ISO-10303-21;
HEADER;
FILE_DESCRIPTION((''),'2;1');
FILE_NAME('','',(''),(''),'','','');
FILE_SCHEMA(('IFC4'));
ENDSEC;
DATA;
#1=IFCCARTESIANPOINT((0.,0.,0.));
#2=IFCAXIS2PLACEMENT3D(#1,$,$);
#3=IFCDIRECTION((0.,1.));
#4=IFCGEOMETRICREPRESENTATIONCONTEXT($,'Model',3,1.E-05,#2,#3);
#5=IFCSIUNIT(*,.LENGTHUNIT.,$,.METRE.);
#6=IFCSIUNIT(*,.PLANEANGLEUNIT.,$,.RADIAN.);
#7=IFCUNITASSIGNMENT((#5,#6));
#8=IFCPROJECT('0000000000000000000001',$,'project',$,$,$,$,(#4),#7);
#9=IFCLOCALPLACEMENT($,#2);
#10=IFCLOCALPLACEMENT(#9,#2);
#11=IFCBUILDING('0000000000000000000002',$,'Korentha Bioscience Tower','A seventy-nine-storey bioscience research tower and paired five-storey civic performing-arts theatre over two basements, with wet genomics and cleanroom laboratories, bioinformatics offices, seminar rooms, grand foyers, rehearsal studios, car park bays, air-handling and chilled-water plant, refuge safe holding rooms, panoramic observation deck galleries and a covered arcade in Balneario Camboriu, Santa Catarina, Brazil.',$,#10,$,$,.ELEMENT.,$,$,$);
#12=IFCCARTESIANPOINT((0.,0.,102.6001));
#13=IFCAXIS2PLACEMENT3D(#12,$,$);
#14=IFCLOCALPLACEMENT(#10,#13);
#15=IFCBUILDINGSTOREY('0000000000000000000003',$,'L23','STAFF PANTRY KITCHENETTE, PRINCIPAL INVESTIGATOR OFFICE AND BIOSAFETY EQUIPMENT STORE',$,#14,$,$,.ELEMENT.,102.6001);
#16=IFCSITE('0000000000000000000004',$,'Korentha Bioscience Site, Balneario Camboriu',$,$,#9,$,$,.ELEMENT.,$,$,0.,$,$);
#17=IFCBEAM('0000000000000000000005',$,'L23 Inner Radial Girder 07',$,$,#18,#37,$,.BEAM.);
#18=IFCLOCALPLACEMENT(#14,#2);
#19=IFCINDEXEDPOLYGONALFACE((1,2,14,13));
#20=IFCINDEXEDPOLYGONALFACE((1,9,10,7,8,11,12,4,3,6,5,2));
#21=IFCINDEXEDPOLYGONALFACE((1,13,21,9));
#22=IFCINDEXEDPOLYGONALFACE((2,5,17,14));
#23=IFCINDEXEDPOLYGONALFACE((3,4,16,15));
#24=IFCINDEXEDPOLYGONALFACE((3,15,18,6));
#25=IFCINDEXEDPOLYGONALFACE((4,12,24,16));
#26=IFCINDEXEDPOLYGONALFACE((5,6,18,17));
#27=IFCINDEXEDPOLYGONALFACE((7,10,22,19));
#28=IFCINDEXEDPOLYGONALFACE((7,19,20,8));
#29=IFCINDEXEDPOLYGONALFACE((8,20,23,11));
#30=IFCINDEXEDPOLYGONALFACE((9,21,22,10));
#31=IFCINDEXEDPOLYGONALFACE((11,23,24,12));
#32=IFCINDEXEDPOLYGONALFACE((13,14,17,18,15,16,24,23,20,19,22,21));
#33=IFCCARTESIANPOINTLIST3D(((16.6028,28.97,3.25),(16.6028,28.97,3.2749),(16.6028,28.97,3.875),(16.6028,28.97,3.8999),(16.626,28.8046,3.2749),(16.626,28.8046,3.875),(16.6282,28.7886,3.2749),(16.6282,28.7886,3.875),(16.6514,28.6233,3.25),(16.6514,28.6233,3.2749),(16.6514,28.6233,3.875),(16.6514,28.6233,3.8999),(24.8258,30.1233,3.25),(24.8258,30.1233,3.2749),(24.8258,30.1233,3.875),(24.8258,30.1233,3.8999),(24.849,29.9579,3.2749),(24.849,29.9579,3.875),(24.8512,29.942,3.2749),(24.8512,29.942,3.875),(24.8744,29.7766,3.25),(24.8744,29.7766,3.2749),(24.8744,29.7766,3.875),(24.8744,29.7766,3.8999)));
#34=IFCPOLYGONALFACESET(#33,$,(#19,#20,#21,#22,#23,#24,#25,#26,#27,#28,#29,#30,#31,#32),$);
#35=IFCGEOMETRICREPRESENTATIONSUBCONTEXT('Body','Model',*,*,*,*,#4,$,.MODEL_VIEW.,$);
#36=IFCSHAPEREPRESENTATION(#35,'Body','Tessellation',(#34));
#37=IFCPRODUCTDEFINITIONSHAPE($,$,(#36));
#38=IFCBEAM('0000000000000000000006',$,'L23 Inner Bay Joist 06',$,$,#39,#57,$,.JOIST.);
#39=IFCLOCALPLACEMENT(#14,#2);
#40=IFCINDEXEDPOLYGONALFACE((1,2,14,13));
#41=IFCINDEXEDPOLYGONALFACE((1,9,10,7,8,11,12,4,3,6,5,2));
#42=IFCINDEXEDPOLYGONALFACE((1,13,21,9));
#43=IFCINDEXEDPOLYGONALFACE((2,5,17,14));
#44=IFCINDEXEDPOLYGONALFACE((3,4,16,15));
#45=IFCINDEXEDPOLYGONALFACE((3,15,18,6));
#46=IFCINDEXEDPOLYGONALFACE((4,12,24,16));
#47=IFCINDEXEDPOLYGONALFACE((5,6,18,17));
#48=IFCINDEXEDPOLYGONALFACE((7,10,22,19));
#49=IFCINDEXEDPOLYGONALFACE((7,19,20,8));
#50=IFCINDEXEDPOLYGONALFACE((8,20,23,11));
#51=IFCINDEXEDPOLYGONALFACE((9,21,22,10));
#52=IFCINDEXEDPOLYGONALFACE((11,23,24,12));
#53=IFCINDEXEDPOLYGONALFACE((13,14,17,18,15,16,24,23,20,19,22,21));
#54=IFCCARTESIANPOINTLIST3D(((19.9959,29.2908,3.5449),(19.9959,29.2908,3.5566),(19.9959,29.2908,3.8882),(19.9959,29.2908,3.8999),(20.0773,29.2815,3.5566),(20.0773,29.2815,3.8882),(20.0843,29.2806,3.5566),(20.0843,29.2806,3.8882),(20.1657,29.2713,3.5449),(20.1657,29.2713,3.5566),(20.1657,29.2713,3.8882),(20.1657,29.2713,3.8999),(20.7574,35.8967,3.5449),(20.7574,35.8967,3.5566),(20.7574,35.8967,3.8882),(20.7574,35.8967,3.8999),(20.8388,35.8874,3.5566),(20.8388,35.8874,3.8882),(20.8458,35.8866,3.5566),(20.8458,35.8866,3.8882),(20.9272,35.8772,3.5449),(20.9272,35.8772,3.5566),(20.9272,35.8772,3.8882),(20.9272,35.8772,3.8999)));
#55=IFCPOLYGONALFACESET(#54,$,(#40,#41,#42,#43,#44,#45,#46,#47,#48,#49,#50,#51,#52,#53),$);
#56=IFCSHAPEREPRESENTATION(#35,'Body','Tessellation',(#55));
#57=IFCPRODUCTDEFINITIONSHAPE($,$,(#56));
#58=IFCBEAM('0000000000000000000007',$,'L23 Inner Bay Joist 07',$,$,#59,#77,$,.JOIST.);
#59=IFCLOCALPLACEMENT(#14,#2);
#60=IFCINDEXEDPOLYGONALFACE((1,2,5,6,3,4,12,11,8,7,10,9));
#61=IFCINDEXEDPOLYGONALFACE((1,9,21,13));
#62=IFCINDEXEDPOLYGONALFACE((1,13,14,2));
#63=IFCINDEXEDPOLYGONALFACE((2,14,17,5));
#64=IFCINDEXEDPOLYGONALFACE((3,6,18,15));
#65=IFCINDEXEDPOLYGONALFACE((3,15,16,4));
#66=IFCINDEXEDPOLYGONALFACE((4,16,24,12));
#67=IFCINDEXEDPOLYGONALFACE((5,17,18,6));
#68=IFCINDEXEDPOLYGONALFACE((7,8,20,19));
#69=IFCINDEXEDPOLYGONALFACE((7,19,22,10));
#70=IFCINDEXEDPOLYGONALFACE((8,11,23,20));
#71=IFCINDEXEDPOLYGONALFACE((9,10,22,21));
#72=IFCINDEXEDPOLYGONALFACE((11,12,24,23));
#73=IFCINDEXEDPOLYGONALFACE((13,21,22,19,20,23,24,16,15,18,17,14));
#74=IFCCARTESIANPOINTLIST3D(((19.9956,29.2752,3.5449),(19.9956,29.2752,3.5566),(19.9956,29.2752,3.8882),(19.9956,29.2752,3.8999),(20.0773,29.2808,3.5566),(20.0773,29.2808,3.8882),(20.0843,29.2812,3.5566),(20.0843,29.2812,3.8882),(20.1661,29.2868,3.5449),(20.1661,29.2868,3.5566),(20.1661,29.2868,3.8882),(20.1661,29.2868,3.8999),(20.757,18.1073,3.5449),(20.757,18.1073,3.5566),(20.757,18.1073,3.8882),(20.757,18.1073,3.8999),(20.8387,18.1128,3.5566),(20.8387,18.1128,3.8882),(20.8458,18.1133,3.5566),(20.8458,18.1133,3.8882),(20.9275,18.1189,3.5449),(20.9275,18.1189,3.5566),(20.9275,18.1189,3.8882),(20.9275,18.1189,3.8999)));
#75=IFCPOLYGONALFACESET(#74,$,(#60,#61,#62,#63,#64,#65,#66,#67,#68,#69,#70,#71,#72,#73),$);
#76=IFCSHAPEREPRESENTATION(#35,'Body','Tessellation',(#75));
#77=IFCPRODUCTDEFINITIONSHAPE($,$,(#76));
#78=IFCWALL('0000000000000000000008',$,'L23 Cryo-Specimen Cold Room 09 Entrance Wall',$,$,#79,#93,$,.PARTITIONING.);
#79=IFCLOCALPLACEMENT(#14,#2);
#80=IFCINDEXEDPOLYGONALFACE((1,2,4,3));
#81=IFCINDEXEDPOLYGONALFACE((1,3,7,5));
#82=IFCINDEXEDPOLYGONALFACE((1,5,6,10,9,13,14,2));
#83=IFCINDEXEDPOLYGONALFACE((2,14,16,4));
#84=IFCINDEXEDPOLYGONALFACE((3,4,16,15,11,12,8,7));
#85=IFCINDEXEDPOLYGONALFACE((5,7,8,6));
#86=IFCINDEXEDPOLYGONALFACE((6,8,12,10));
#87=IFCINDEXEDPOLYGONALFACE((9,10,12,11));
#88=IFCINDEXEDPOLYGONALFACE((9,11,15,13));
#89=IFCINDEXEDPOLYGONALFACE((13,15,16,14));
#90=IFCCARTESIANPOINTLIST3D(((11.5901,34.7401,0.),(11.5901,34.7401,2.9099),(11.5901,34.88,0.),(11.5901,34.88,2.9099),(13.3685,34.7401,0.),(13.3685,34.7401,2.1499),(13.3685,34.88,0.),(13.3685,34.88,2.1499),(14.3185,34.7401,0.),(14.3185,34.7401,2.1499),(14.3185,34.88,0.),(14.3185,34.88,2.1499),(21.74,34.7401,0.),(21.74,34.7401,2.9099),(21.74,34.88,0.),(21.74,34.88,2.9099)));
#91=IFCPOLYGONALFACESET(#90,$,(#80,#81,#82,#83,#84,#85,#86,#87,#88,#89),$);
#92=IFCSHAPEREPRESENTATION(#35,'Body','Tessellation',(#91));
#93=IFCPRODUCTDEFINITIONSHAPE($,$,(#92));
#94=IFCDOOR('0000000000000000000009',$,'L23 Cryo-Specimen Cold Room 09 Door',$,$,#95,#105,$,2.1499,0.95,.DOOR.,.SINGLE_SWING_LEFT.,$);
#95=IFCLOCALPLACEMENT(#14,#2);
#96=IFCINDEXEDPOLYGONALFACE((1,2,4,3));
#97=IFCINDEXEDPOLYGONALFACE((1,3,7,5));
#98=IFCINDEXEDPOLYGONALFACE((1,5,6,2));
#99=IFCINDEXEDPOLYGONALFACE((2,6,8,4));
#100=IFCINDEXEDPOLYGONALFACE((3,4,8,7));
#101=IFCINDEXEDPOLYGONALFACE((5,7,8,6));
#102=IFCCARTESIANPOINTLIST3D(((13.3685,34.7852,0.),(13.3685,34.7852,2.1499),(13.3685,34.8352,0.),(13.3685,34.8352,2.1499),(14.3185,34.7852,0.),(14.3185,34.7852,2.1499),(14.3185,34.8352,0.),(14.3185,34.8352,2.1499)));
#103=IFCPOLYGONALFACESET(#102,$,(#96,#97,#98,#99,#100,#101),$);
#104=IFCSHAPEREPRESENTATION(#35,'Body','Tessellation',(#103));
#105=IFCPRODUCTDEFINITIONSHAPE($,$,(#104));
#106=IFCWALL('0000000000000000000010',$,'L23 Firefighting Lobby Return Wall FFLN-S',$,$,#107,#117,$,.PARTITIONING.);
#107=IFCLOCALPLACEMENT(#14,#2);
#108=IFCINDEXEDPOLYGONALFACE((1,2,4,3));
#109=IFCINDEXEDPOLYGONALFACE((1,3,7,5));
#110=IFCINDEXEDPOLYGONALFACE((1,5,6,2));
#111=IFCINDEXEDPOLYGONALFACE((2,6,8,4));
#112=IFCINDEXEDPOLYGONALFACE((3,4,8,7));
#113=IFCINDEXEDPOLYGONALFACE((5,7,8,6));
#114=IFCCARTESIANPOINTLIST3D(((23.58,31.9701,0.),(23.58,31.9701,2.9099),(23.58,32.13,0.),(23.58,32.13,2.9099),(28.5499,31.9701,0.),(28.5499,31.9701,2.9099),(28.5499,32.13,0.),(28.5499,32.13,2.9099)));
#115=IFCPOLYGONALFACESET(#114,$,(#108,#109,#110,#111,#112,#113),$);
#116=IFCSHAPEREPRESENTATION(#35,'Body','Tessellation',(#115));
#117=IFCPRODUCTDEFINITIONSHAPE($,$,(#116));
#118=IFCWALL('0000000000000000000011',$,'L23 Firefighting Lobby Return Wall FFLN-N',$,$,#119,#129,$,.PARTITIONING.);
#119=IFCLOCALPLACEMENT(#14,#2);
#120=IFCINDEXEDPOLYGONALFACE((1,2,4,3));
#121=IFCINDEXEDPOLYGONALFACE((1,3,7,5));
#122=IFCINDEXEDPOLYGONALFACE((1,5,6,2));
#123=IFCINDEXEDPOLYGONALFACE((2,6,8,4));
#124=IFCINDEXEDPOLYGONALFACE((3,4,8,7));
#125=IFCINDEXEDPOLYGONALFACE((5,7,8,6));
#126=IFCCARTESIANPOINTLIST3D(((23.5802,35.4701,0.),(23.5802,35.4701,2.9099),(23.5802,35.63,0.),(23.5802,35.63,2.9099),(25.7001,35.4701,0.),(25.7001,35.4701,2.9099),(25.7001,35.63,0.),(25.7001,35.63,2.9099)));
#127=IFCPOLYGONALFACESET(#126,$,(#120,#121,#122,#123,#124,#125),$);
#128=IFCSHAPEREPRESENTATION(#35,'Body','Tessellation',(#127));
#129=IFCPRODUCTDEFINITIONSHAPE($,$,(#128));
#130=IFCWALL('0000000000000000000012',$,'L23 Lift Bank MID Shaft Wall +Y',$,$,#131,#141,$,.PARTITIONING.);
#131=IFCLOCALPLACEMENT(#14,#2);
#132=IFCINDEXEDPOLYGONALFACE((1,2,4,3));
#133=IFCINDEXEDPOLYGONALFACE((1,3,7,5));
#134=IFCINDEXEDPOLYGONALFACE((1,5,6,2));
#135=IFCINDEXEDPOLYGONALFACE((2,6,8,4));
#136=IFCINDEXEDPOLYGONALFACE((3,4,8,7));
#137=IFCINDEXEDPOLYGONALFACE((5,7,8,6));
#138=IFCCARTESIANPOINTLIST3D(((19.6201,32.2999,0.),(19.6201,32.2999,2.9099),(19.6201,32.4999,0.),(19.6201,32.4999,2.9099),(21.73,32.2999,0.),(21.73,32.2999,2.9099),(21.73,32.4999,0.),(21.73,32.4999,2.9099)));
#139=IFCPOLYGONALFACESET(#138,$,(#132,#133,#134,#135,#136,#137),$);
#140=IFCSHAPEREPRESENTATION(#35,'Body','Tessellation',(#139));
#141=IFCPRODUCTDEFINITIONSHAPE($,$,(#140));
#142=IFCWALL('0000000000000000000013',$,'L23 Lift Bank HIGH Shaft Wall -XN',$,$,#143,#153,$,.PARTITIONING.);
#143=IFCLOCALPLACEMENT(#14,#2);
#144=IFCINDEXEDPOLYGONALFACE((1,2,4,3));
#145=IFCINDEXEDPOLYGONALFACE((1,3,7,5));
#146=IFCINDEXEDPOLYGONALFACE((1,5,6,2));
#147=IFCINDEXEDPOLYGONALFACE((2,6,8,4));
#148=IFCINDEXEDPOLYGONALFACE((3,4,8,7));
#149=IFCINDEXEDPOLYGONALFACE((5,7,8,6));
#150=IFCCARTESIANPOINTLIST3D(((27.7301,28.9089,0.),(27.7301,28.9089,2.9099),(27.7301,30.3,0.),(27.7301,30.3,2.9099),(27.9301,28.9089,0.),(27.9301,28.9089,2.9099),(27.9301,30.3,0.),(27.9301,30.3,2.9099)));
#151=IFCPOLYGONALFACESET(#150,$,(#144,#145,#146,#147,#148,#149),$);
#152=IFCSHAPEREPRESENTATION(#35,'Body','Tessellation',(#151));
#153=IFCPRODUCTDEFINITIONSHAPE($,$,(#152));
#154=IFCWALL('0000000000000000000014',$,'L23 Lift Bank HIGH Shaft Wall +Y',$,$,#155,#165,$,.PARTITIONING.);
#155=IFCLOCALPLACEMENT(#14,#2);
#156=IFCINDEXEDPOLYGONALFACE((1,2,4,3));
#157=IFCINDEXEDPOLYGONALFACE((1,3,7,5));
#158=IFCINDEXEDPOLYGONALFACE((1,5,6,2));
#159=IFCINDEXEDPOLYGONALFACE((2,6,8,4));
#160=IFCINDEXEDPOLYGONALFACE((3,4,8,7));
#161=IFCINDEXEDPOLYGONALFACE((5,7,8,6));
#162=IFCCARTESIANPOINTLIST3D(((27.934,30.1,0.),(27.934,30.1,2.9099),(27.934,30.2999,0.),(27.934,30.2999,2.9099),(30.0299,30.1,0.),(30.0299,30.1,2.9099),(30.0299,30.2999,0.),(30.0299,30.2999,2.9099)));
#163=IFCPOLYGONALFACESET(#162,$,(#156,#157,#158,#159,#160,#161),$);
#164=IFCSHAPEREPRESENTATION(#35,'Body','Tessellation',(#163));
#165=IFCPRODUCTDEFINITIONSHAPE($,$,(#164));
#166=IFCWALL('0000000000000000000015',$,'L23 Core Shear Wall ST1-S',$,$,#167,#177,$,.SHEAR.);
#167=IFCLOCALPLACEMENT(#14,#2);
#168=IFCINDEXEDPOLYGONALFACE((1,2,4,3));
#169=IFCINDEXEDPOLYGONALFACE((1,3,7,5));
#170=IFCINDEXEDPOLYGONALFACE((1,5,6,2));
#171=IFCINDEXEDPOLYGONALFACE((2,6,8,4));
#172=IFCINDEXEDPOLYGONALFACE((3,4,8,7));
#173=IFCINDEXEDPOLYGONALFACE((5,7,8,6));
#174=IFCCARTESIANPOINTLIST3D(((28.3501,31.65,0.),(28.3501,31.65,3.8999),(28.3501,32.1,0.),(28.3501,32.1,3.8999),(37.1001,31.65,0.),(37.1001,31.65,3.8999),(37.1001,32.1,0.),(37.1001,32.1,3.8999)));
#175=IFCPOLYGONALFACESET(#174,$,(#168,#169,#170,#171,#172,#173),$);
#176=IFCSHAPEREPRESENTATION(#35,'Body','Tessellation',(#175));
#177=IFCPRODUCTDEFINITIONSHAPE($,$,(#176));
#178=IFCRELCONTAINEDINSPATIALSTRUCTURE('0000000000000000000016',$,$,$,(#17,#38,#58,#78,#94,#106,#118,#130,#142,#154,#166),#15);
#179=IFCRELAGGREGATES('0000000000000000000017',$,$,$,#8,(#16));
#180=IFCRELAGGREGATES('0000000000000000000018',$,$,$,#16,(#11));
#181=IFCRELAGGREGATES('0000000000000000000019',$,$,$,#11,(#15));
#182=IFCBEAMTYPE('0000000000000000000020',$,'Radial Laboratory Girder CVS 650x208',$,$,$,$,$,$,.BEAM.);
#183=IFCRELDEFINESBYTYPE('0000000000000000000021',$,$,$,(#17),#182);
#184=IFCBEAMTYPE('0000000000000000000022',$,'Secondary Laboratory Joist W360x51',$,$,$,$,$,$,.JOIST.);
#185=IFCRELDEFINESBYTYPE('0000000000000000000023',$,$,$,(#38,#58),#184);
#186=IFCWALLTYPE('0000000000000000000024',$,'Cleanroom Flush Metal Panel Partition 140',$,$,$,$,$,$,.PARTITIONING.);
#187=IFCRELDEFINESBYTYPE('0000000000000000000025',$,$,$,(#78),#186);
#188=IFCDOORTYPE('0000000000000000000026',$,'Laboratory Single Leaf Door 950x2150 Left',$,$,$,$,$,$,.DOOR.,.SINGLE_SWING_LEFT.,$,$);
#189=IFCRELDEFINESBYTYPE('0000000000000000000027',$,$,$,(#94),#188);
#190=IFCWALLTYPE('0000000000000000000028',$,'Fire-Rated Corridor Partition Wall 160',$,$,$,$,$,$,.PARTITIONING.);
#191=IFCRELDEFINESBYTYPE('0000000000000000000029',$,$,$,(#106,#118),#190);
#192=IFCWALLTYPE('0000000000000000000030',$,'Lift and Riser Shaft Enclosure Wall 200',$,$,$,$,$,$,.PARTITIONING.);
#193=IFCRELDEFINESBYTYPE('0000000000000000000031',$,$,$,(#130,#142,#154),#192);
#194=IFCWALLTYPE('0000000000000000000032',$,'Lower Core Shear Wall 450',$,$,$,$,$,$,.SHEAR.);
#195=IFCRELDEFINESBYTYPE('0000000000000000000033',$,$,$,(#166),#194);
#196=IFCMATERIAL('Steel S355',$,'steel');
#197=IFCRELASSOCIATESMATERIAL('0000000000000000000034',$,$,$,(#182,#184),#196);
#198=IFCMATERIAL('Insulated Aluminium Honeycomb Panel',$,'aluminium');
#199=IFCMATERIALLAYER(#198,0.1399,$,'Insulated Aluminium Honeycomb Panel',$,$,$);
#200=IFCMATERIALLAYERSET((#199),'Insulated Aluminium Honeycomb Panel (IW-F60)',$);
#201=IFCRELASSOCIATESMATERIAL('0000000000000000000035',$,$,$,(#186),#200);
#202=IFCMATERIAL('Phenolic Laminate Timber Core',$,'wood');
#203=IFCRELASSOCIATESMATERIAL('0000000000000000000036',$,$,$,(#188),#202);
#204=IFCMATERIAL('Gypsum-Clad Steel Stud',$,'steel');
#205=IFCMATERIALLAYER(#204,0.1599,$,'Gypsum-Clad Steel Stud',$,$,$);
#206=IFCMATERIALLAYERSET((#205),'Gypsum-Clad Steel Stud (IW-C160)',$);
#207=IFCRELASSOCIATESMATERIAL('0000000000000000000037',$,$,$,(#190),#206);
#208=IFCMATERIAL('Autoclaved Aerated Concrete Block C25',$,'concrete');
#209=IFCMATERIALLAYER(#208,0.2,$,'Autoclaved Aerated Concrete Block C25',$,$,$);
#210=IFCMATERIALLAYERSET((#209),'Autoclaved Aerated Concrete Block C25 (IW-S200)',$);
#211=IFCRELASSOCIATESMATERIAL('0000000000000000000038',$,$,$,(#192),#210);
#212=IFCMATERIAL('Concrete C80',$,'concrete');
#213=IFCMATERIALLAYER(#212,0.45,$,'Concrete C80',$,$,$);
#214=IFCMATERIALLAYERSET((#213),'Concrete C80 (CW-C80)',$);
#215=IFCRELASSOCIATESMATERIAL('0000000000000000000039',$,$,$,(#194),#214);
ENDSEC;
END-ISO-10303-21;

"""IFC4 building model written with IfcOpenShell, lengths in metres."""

from ifc_helpers import new_model, si_unit, direction, frame, frame_2d, origin, origin_2d, place, context, subcontext, project, spatial, rectangle, i_section, extrude, material, layer, layer_set, material_profile, profile_set, type_object, element, fill, save


model = new_model("IFC4")

# Units and contexts
model_context = context("Model", 3, precision=1e-05, world=origin(), true_north=direction((0.0, 1.0)))
body_context = subcontext(model_context, "Body", "Model", "MODEL_VIEW")
ifc_project = project(units=[si_unit("LENGTHUNIT", "METRE"), si_unit("PLANEANGLEUNIT", "RADIAN")], contexts=[model_context])

# Site, building, storey
site_placement = place(None, origin())
site = spatial("IfcSite", under=ifc_project, at=site_placement, Name="Korentha Bioscience Site, Balneario Camboriu", CompositionType="ELEMENT", RefElevation=0.0)
building_placement = place(site_placement, origin())
building = spatial("IfcBuilding", under=site, at=building_placement, Name="Korentha Bioscience Tower", Description="A seventy-nine-storey bioscience research tower and paired five-storey civic performing-arts theatre over two basements, with wet genomics and cleanroom laboratories, bioinformatics offices, seminar rooms, grand foyers, rehearsal studios, car park bays, air-handling and chilled-water plant, refuge safe holding rooms, panoramic observation deck galleries and a covered arcade in Balneario Camboriu, Santa Catarina, Brazil.", CompositionType="ELEMENT")
storey_placement = place(building_placement, frame((0.0, 0.0, 102.6001)))
storey = spatial("IfcBuildingStorey", under=building, at=storey_placement, Name="L23", Description="STAFF PANTRY KITCHENETTE, PRINCIPAL INVESTIGATOR OFFICE AND BIOSAFETY EQUIPMENT STORE", CompositionType="ELEMENT", Elevation=102.6001)

# Shared definitions
ifc_material_1 = material(Name="Concrete C80", Category="concrete")

# Beams
ifc_material_2 = material(Name="Steel S355", Category="steel")
ifc_material_profile_1 = material_profile(ifc_material_2, i_section(OverallWidth=0.3501, OverallDepth=0.6499, WebThickness=0.0161, FlangeThickness=0.0249, at=origin_2d()), Name="Steel S355")
ifc_profile_set_1 = profile_set([ifc_material_profile_1], Name="Steel S355 (RB-650)")
beam_type_1 = type_object("IfcBeamType", Name="Radial Laboratory Girder CVS 650x208", PredefinedType="BEAM", material=ifc_profile_set_1)
beam_1_placement = place(storey_placement, frame((24.8501, 29.95, 3.575), z_axis=(-0.990307, -0.138898, 0.0), x_axis=(0.138898, -0.990307, 0.0)))
element("IfcBeam", 1, at=beam_1_placement, inside=storey, type_object=beam_type_1, Name="L23 Inner Radial Girder 07", PredefinedType="BEAM", context=body_context, shape_type="SweptSolid", body=[
    extrude(i_section(OverallWidth=0.3501, OverallDepth=0.6499, WebThickness=0.0161, FlangeThickness=0.0249, at=origin_2d()), origin(), (0.0, 0.0, 1.0), 8.3035),
])
ifc_material_profile_2 = material_profile(ifc_material_2, i_section(OverallWidth=0.1709, OverallDepth=0.355, WebThickness=0.0071, FlangeThickness=0.0117, at=origin_2d()), Name="Steel S355")
ifc_profile_set_2 = profile_set([ifc_material_profile_2], Name="Steel S355 (JB-360)")
beam_type_2 = type_object("IfcBeamType", Name="Secondary Laboratory Joist W360x51", PredefinedType="JOIST", material=ifc_profile_set_2)
beam_2_placement = place(storey_placement, frame((20.8423, 35.887, 3.7224), z_axis=(-0.114513, -0.993422, 0.0), x_axis=(0.993422, -0.114513, 0.0)))
element("IfcBeam", 2, at=beam_2_placement, inside=storey, type_object=beam_type_2, Name="L23 Inner Bay Joist 06", PredefinedType="JOIST", context=body_context, shape_type="SweptSolid", body=[
    extrude(i_section(OverallWidth=0.1709, OverallDepth=0.355, WebThickness=0.0071, FlangeThickness=0.0117, at=origin_2d()), origin(), (0.0, 0.0, 1.0), 6.6497),
])
beam_3_placement = place(storey_placement, frame((20.0808, 29.281, 3.7224), z_axis=(0.068026, -0.997684, 0.0), x_axis=(0.997684, 0.068026, 0.0)))
element("IfcBeam", 3, at=beam_3_placement, inside=storey, type_object=beam_type_2, Name="L23 Inner Bay Joist 07", PredefinedType="JOIST", context=body_context, shape_type="SweptSolid", body=[
    extrude(i_section(OverallWidth=0.1709, OverallDepth=0.355, WebThickness=0.0071, FlangeThickness=0.0117, at=origin_2d()), origin(), (0.0, 0.0, 1.0), 11.1938),
])

# Wall, opening, door
ifc_material_3 = material(Name="Insulated Aluminium Honeycomb Panel", Category="aluminium")
ifc_layer_1 = layer(ifc_material_3, 0.1399, Name="Insulated Aluminium Honeycomb Panel")
ifc_layer_set_1 = layer_set([ifc_layer_1], Name="Insulated Aluminium Honeycomb Panel (IW-F60)")
wall_type_1 = type_object("IfcWallType", Name="Cleanroom Flush Metal Panel Partition 140", PredefinedType="PARTITIONING", material=ifc_layer_set_1)
wall_1_placement = place(storey_placement, frame((21.74, 34.8101, 0.0), z_axis=(0.0, 0.0, 1.0), x_axis=(-1.0, 0.0, 0.0)))
wall_1 = element("IfcWall", 4, at=wall_1_placement, inside=storey, type_object=wall_type_1, Name="L23 Cryo-Specimen Cold Room 09 Entrance Wall", PredefinedType="PARTITIONING", context=body_context, shape_type="SweptSolid", body=[
    extrude(rectangle(XDim=10.1499, YDim=0.1399, at=frame_2d((5.075, 0.0))), origin(), (0.0, 0.0, 1.0), 2.9099),
])
opening_1_placement = place(wall_1_placement, frame((7.4214, 0.0, 0.0)))
opening_1 = element("IfcOpeningElement", 5, at=opening_1_placement, cuts=wall_1, PredefinedType="OPENING", context=body_context, shape_type="SweptSolid", body=[
    extrude(rectangle(XDim=0.95, YDim=2.1499, at=frame_2d((0.4751, 1.075))), frame((0.0, 0.085, 0.0), z_axis=(0.0, -1.0, 0.0), x_axis=(1.0, 0.0, 0.0)), (0.0, 0.0, 1.0), 0.1697),
])
ifc_material_4 = material(Name="Phenolic Laminate Timber Core", Category="wood")
door_type_1 = type_object("IfcDoorType", Name="Laboratory Single Leaf Door 950x2150 Left", OperationType="SINGLE_SWING_LEFT", PredefinedType="DOOR", material=ifc_material_4)
door_1_placement = place(opening_1_placement, origin())
door_1 = element("IfcDoor", 6, at=door_1_placement, inside=storey, type_object=door_type_1, Name="L23 Cryo-Specimen Cold Room 09 Door", OperationType="SINGLE_SWING_LEFT", OverallHeight=2.1499, OverallWidth=0.95, PredefinedType="DOOR", context=body_context, shape_type="SweptSolid", body=[
    extrude(rectangle(XDim=0.95, YDim=2.1499, at=frame_2d((0.4751, 1.075))), frame((0.0, 0.0249, 0.0), z_axis=(0.0, -1.0, 0.0), x_axis=(1.0, 0.0, 0.0)), (0.0, 0.0, 1.0), 0.05),
])
fill(opening_1, door_1)
ifc_material_5 = material(Name="Gypsum-Clad Steel Stud", Category="steel")
ifc_layer_2 = layer(ifc_material_5, 0.1599, Name="Gypsum-Clad Steel Stud")
ifc_layer_set_2 = layer_set([ifc_layer_2], Name="Gypsum-Clad Steel Stud (IW-C160)")
wall_type_2 = type_object("IfcWallType", Name="Fire-Rated Corridor Partition Wall 160", PredefinedType="PARTITIONING", material=ifc_layer_set_2)

# Walls
wall_2_placement = place(storey_placement, frame((23.5801, 32.05, 0.0), z_axis=(0.0, 0.0, 1.0), x_axis=(1.0, 0.0, 0.0)))
element("IfcWall", 7, at=wall_2_placement, inside=storey, type_object=wall_type_2, Name="L23 Firefighting Lobby Return Wall FFLN-S", PredefinedType="PARTITIONING", context=body_context, shape_type="SweptSolid", body=[
    extrude(rectangle(XDim=4.97, YDim=0.1599, at=frame_2d((2.4849, 0.0))), origin(), (0.0, 0.0, 1.0), 2.9099),
])
wall_3_placement = place(storey_placement, frame((23.5801, 35.55, 0.0), z_axis=(0.0, 0.0, 1.0), x_axis=(1.0, 0.0, 0.0)))
element("IfcWall", 8, at=wall_3_placement, inside=storey, type_object=wall_type_2, Name="L23 Firefighting Lobby Return Wall FFLN-N", PredefinedType="PARTITIONING", context=body_context, shape_type="SweptSolid", body=[
    extrude(rectangle(XDim=2.1199, YDim=0.1599, at=frame_2d((1.0601, 0.0))), origin(), (0.0, 0.0, 1.0), 2.9099),
])
ifc_material_6 = material(Name="Autoclaved Aerated Concrete Block C25", Category="concrete")
ifc_layer_3 = layer(ifc_material_6, 0.2, Name="Autoclaved Aerated Concrete Block C25")
ifc_layer_set_3 = layer_set([ifc_layer_3], Name="Autoclaved Aerated Concrete Block C25 (IW-S200)")
wall_type_3 = type_object("IfcWallType", Name="Lift and Riser Shaft Enclosure Wall 200", PredefinedType="PARTITIONING", material=ifc_layer_set_3)
wall_4_placement = place(storey_placement, frame((19.6201, 32.3999, 0.0), z_axis=(0.0, 0.0, 1.0), x_axis=(1.0, 0.0, 0.0)))
element("IfcWall", 9, at=wall_4_placement, inside=storey, type_object=wall_type_3, Name="L23 Lift Bank MID Shaft Wall +Y", PredefinedType="PARTITIONING", context=body_context, shape_type="SweptSolid", body=[
    extrude(rectangle(XDim=2.1099, YDim=0.2, at=frame_2d((1.0549, 0.0))), origin(), (0.0, 0.0, 1.0), 2.9099),
])
wall_5_placement = place(storey_placement, frame((27.8301, 28.9089, 0.0), z_axis=(0.0, 0.0, 1.0), x_axis=(0.0, 1.0, 0.0)))
element("IfcWall", 10, at=wall_5_placement, inside=storey, type_object=wall_type_3, Name="L23 Lift Bank HIGH Shaft Wall -XN", PredefinedType="PARTITIONING", context=body_context, shape_type="SweptSolid", body=[
    extrude(rectangle(XDim=1.3911, YDim=0.2, at=frame_2d((0.6956, 0.0))), origin(), (0.0, 0.0, 1.0), 2.9099),
])
wall_6_placement = place(storey_placement, frame((27.9341, 30.2, 0.0), z_axis=(0.0, 0.0, 1.0), x_axis=(1.0, 0.0, 0.0)))
element("IfcWall", 11, at=wall_6_placement, inside=storey, type_object=wall_type_3, Name="L23 Lift Bank HIGH Shaft Wall +Y", PredefinedType="PARTITIONING", context=body_context, shape_type="SweptSolid", body=[
    extrude(rectangle(XDim=2.0959, YDim=0.2, at=frame_2d((1.0479, 0.0))), origin(), (0.0, 0.0, 1.0), 2.9099),
])
ifc_layer_4 = layer(ifc_material_1, 0.45, Name="Concrete C80")
ifc_layer_set_4 = layer_set([ifc_layer_4], Name="Concrete C80 (CW-C80)")
wall_type_4 = type_object("IfcWallType", Name="Lower Core Shear Wall 450", PredefinedType="SHEAR", material=ifc_layer_set_4)
wall_7_placement = place(storey_placement, frame((28.3501, 31.875, 0.0), z_axis=(0.0, 0.0, 1.0), x_axis=(1.0, 0.0, 0.0)))
element("IfcWall", 12, at=wall_7_placement, inside=storey, type_object=wall_type_4, Name="L23 Core Shear Wall ST1-S", PredefinedType="SHEAR", context=body_context, shape_type="SweptSolid", body=[
    extrude(rectangle(XDim=8.75, YDim=0.45, at=frame_2d((4.375, 0.0))), origin(), (0.0, 0.0, 1.0), 3.8999),
])

save(model, "model.ifc")
